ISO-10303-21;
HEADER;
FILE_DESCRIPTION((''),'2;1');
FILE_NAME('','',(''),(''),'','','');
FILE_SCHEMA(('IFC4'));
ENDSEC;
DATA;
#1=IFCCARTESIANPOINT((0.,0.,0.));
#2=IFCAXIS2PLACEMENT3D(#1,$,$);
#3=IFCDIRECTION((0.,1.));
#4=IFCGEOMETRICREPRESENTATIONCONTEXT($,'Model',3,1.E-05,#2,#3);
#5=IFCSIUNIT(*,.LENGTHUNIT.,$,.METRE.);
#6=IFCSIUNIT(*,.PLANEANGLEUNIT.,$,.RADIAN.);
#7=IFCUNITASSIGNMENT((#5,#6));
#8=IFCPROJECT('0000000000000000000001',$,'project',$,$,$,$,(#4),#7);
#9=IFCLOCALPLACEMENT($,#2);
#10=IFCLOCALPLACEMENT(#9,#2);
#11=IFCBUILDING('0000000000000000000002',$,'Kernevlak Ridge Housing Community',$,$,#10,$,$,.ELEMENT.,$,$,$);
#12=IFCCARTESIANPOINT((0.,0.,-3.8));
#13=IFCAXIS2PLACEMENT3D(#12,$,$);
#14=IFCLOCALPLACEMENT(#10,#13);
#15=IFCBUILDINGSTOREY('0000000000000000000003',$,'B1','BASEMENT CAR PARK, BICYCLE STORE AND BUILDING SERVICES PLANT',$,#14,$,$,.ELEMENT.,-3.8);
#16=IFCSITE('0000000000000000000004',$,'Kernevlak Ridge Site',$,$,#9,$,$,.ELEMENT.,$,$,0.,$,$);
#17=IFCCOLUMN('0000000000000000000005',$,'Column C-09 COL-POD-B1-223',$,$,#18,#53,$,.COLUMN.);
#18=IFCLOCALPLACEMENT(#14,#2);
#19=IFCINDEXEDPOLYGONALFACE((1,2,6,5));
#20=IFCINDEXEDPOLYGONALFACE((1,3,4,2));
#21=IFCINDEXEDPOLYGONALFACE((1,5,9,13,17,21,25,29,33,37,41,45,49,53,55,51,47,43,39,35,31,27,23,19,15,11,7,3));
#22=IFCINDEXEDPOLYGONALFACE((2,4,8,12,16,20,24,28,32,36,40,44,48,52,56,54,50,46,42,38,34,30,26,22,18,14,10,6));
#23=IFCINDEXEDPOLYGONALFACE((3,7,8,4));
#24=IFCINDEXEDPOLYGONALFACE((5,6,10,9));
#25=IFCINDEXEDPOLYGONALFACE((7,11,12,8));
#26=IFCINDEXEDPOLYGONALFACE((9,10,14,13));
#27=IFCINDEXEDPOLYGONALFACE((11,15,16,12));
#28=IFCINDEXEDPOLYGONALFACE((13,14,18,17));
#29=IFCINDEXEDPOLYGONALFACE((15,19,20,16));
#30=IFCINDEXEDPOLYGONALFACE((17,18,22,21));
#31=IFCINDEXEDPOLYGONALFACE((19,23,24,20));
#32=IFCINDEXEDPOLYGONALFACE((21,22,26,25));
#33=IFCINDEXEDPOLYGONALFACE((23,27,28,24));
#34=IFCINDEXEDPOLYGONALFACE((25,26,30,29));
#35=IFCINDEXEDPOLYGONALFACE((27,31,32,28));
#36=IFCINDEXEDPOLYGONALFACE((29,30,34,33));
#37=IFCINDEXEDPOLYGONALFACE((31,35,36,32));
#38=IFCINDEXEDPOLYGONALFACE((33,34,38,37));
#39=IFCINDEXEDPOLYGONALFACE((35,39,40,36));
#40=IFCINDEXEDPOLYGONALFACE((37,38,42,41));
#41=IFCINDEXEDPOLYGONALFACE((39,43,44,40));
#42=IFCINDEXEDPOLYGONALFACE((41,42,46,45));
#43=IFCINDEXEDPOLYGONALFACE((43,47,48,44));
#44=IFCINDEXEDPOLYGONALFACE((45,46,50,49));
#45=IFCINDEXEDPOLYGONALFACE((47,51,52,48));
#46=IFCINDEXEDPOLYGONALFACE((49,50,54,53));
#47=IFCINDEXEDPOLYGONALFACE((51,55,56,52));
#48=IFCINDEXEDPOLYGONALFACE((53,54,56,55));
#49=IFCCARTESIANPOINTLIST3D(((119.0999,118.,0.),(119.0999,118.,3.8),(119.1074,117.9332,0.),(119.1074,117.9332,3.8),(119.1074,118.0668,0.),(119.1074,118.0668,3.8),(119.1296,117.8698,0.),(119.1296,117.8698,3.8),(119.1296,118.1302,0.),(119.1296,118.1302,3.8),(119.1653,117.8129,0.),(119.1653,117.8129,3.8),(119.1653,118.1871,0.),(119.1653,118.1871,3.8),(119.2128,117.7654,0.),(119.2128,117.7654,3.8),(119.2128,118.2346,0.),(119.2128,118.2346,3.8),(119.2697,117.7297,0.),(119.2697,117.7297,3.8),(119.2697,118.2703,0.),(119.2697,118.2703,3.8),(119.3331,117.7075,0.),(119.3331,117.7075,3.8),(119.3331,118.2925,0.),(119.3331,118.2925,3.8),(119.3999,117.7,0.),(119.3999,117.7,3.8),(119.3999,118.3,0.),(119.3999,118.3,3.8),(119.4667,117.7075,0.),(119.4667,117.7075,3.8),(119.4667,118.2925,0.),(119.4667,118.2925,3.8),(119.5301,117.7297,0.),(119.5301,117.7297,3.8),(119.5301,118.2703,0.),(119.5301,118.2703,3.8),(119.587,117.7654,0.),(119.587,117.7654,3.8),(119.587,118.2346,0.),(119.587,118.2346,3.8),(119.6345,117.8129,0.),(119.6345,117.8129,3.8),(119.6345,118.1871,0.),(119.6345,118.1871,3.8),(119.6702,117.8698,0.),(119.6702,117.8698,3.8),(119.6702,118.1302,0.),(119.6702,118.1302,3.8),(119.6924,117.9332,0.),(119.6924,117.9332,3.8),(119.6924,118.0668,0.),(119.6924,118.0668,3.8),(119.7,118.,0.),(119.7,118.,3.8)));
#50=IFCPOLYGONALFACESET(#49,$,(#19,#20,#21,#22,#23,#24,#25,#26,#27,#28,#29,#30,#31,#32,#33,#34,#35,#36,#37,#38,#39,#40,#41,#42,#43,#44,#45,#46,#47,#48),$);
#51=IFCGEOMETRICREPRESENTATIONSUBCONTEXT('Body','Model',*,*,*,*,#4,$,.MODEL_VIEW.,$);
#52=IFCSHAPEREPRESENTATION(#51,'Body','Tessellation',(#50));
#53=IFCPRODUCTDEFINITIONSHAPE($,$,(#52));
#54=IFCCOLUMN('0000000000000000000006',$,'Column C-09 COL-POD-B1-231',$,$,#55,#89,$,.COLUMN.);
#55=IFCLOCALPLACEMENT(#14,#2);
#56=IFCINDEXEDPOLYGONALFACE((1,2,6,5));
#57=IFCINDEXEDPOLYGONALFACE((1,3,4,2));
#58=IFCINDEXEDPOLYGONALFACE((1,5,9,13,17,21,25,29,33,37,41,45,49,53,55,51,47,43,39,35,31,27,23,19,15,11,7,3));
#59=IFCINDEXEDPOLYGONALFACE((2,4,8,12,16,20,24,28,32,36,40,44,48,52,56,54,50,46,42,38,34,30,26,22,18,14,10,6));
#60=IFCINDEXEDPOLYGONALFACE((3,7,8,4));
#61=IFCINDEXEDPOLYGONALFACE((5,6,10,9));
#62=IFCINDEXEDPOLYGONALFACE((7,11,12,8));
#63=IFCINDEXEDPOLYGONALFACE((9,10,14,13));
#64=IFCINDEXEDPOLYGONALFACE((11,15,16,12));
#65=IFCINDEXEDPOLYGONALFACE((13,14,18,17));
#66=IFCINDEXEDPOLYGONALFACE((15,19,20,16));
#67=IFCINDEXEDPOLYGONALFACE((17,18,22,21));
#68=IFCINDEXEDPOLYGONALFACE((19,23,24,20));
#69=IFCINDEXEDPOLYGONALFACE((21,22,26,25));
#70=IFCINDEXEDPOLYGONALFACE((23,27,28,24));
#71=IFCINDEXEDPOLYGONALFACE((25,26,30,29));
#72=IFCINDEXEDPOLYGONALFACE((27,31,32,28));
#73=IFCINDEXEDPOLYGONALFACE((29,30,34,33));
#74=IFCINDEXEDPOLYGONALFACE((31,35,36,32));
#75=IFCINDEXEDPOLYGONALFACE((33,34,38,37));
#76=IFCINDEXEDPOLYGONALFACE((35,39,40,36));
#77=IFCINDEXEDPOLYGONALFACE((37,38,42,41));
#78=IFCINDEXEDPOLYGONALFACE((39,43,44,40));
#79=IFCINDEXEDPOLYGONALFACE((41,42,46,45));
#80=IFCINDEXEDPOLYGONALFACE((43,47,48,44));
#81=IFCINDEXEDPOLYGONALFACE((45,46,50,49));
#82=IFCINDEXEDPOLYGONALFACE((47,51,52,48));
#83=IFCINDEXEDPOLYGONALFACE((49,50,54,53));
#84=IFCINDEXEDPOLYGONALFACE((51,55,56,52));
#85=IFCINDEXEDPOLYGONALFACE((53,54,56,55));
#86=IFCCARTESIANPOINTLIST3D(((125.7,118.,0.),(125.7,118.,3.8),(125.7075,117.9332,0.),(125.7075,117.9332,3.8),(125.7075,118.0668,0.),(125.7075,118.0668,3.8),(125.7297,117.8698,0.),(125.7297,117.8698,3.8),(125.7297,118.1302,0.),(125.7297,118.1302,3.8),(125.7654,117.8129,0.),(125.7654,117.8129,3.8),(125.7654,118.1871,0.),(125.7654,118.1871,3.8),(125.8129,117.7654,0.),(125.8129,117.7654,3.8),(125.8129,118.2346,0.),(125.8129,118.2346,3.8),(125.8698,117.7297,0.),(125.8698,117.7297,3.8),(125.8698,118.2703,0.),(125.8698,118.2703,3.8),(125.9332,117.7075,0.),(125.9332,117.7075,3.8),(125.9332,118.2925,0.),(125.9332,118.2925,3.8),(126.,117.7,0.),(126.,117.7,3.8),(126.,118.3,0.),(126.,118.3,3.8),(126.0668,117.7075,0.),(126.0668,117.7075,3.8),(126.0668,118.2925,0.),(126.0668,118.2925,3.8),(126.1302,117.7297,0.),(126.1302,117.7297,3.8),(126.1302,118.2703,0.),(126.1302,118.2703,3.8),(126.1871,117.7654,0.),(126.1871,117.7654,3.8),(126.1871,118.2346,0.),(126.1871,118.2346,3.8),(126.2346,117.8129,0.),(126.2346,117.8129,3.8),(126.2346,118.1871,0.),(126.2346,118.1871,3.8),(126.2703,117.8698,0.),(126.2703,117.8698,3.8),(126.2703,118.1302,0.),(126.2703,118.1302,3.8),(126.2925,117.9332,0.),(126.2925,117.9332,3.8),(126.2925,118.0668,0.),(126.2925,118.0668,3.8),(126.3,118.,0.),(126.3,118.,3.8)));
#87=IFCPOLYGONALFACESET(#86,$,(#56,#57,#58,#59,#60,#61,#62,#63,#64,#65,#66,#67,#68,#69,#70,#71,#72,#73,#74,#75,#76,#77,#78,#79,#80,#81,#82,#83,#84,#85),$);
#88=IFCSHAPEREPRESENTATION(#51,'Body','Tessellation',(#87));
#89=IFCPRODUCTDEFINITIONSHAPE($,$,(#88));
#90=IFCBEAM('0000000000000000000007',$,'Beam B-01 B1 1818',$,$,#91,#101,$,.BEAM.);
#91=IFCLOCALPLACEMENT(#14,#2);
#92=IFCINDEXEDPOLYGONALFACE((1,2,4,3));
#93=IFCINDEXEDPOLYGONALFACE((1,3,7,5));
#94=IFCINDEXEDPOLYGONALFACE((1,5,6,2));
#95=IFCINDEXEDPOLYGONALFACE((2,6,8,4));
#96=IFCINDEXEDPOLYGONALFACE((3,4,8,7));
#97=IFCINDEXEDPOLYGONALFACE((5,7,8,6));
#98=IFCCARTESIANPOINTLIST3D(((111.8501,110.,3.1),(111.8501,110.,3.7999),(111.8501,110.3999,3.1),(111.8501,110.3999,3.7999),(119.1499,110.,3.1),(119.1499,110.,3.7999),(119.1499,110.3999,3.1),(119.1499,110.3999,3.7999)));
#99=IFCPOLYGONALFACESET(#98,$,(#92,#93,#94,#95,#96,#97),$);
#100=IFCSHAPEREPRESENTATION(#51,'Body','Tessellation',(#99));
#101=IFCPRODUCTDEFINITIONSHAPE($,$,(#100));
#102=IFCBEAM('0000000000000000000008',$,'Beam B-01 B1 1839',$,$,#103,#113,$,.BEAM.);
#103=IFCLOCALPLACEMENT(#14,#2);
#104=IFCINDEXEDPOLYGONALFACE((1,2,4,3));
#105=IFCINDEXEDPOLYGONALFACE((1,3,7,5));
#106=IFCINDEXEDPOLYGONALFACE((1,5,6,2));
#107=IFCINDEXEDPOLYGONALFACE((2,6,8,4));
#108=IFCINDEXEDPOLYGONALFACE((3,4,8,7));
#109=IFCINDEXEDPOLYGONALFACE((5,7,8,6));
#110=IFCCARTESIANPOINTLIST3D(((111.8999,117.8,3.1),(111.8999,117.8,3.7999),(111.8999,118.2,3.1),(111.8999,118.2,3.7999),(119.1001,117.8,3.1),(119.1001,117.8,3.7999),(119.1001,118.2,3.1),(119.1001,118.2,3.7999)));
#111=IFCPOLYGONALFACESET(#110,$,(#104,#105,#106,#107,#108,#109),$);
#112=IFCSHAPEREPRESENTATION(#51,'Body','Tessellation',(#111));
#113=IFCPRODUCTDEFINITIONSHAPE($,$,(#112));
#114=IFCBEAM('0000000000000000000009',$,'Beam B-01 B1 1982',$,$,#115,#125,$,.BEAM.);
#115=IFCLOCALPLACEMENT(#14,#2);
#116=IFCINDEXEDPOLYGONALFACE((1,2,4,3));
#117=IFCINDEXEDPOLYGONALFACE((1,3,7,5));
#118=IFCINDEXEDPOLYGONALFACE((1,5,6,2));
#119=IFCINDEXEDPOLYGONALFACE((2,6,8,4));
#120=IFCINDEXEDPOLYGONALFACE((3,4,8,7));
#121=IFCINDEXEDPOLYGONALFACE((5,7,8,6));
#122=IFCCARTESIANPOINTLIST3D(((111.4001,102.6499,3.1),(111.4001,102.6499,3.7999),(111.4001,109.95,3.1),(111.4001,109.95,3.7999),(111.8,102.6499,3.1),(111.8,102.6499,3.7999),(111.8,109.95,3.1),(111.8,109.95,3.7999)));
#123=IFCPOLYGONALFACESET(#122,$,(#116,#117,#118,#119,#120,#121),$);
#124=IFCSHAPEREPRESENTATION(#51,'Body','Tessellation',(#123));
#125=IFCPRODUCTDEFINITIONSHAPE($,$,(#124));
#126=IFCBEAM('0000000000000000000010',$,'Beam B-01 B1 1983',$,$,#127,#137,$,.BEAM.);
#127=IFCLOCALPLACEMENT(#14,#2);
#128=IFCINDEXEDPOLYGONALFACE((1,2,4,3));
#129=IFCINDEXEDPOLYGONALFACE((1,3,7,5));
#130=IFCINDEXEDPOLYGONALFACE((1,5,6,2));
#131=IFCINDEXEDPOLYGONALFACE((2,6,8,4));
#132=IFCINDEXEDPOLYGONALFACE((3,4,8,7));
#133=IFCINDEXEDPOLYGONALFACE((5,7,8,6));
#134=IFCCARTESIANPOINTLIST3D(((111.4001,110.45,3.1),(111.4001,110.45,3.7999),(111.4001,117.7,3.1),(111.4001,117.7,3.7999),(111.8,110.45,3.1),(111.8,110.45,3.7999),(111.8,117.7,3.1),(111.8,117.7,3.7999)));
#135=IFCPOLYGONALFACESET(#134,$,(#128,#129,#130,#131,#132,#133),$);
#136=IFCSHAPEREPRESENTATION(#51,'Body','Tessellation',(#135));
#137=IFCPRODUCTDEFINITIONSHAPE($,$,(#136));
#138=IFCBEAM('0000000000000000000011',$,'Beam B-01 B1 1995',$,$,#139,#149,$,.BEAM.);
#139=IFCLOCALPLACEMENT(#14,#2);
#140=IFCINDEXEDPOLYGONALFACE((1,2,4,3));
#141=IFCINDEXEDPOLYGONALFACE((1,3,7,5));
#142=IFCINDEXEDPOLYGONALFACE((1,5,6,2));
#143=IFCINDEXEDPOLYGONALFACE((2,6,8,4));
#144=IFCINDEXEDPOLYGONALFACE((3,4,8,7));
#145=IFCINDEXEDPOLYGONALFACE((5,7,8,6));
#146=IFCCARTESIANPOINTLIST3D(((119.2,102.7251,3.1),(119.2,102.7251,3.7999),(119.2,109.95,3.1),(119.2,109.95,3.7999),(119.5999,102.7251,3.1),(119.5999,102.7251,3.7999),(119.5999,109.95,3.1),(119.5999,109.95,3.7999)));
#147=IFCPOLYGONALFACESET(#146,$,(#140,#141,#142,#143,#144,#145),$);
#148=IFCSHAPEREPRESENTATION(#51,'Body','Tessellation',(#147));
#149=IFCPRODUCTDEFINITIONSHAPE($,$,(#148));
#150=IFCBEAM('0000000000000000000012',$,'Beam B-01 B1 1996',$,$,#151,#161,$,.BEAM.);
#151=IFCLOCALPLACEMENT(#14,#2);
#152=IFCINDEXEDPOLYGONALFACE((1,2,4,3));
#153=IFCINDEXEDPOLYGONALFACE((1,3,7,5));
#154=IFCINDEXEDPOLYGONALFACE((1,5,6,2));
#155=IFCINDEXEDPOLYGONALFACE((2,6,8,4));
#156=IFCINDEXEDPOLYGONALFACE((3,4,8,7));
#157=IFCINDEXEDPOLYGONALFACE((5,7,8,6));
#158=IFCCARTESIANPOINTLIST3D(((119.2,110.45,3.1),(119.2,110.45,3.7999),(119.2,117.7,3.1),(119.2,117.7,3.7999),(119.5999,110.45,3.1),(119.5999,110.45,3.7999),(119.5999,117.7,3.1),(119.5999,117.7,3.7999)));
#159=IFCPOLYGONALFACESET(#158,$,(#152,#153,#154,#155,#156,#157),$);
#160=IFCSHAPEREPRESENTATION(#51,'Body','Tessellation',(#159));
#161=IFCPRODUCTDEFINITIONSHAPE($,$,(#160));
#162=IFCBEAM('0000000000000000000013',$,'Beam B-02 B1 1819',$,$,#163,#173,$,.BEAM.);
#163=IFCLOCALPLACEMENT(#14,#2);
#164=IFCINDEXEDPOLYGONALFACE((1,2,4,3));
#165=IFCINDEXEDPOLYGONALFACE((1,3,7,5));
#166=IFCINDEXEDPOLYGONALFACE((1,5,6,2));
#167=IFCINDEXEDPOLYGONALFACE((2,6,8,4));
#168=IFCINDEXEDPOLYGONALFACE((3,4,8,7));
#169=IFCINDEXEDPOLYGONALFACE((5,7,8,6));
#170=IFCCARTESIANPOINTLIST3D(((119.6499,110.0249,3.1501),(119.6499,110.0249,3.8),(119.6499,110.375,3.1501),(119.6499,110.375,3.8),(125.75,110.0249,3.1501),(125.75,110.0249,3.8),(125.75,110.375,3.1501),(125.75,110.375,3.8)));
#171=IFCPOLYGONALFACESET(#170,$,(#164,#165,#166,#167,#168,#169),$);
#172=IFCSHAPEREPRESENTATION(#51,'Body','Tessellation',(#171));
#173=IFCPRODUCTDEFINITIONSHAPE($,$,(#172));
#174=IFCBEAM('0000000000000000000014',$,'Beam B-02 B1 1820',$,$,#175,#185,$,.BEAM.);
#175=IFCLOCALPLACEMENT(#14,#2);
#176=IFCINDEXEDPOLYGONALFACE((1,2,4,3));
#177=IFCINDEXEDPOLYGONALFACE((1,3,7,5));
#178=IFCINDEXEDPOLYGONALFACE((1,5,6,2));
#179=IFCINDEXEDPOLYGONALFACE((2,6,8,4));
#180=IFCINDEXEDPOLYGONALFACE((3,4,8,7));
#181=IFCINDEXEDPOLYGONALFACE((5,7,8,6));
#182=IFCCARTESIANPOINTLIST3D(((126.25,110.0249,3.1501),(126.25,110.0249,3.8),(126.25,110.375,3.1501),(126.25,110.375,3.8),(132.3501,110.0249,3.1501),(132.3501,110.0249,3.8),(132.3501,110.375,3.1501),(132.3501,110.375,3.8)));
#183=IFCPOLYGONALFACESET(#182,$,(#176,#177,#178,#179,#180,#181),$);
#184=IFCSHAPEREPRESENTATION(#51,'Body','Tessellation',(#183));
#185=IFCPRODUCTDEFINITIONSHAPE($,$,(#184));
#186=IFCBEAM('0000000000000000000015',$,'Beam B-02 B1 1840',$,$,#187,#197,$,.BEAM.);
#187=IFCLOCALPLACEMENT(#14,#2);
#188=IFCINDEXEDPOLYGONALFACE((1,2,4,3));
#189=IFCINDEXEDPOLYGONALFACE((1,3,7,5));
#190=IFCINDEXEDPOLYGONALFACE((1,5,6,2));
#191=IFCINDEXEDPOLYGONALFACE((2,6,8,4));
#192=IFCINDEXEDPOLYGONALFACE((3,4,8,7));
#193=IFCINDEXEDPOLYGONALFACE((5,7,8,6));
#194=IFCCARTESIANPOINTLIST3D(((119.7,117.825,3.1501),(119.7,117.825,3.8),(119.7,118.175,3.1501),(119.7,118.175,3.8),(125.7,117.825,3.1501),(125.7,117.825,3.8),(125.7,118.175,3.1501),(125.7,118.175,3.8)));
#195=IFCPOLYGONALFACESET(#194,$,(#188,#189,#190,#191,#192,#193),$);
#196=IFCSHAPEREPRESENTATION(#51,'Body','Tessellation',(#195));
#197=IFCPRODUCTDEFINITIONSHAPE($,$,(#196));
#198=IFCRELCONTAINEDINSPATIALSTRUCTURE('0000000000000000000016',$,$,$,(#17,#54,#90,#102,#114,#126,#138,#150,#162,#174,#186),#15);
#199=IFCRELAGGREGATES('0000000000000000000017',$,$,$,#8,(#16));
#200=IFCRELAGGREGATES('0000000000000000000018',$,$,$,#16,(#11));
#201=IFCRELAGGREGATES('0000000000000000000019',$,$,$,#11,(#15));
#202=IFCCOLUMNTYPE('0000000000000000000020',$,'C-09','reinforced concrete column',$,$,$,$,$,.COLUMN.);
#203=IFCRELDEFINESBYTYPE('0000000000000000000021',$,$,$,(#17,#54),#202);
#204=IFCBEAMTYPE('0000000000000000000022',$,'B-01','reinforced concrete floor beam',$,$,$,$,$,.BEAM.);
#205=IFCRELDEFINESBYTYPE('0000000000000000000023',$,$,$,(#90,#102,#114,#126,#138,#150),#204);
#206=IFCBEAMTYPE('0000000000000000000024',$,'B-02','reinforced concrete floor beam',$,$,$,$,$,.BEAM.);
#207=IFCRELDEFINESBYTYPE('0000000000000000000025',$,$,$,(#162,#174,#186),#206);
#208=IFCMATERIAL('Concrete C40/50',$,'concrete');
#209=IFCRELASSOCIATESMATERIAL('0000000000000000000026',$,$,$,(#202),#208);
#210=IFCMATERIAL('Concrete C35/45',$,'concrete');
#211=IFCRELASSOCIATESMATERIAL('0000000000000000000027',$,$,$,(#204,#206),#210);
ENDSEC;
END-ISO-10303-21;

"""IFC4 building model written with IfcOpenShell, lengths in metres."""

from ifc_helpers import new_model, si_unit, direction, frame, origin, origin_2d, place, context, subcontext, project, spatial, rectangle, circle, extrude, material, material_profile, profile_set, type_object, element, save


model = new_model("IFC4")

# Units and contexts
model_context = context("Model", 3, precision=1e-05, world=origin(), true_north=direction((0.0, 1.0)))
body_context = subcontext(model_context, "Body", "Model", "MODEL_VIEW")
ifc_project = project(units=[si_unit("LENGTHUNIT", "METRE"), si_unit("PLANEANGLEUNIT", "RADIAN")], contexts=[model_context])

# Site, building, storey
site_placement = place(None, origin())
site = spatial("IfcSite", under=ifc_project, at=site_placement, Name="Kernevlak Ridge Site", CompositionType="ELEMENT", RefElevation=0.0)
building_placement = place(site_placement, origin())
building = spatial("IfcBuilding", under=site, at=building_placement, Name="Kernevlak Ridge Housing Community", CompositionType="ELEMENT")
storey_placement = place(building_placement, frame((0.0, 0.0, -3.8)))
storey = spatial("IfcBuildingStorey", under=building, at=storey_placement, Name="B1", Description="BASEMENT CAR PARK, BICYCLE STORE AND BUILDING SERVICES PLANT", CompositionType="ELEMENT", Elevation=-3.8)

# Shared definitions
ifc_material_1 = material(Name="Concrete C35/45", Category="concrete")

# Columns
ifc_material_2 = material(Name="Concrete C40/50", Category="concrete")
ifc_material_profile_1 = material_profile(ifc_material_2, circle(Radius=0.3, at=origin_2d()), Name="RC D600")
ifc_profile_set_1 = profile_set([ifc_material_profile_1], Name="Concrete C40/50")
column_type_1 = type_object("IfcColumnType", Name="C-09", Description="reinforced concrete column", PredefinedType="COLUMN", material=ifc_profile_set_1)
for number, where, z_axis, x_axis, name in (
    (1, (119.3999, 118.0, 0.0), (0.0, 0.0, 1.0), (1.0, 0.0, 0.0), "Column C-09 COL-POD-B1-223"),
    (2, (126.0, 118.0, 0.0), (0.0, 0.0, 1.0), (1.0, 0.0, 0.0), "Column C-09 COL-POD-B1-231"),
):
    element("IfcColumn", number, at=place(storey_placement, frame(where, z_axis=z_axis, x_axis=x_axis)), inside=storey, type_object=column_type_1, Name=name, PredefinedType="COLUMN", context=body_context, shape_type="SweptSolid", body=[
        extrude(circle(Radius=0.3, at=origin_2d()), origin(), (0.0, 0.0, 1.0), 3.8),
    ])

# Beams
ifc_material_profile_2 = material_profile(ifc_material_1, rectangle(XDim=0.3999, YDim=0.7, at=origin_2d()), Name="RC 400x700")
ifc_profile_set_2 = profile_set([ifc_material_profile_2], Name="Concrete C35/45")
beam_type_1 = type_object("IfcBeamType", Name="B-01", Description="reinforced concrete floor beam", PredefinedType="BEAM", material=ifc_profile_set_2)
beam_1_placement = place(storey_placement, frame((111.8501, 110.2, 3.45), z_axis=(1.0, 0.0, 0.0), x_axis=(0.0, 1.0, 0.0)))
element("IfcBeam", 3, at=beam_1_placement, inside=storey, type_object=beam_type_1, Name="Beam B-01 B1 1818", PredefinedType="BEAM", context=body_context, shape_type="SweptSolid", body=[
    extrude(rectangle(XDim=0.3999, YDim=0.7, at=origin_2d()), origin(), (0.0, 0.0, 1.0), 7.2998),
])
beam_2_placement = place(storey_placement, frame((111.8999, 118.0, 3.45), z_axis=(1.0, 0.0, 0.0), x_axis=(0.0, 1.0, 0.0)))
element("IfcBeam", 4, at=beam_2_placement, inside=storey, type_object=beam_type_1, Name="Beam B-01 B1 1839", PredefinedType="BEAM", context=body_context, shape_type="SweptSolid", body=[
    extrude(rectangle(XDim=0.3999, YDim=0.7, at=origin_2d()), origin(), (0.0, 0.0, 1.0), 7.2002),
])
beam_3_placement = place(storey_placement, frame((111.6001, 102.6499, 3.45), z_axis=(0.0, 1.0, 0.0), x_axis=(-1.0, 0.0, 0.0)))
element("IfcBeam", 5, at=beam_3_placement, inside=storey, type_object=beam_type_1, Name="Beam B-01 B1 1982", PredefinedType="BEAM", context=body_context, shape_type="SweptSolid", body=[
    extrude(rectangle(XDim=0.3999, YDim=0.7, at=origin_2d()), origin(), (0.0, 0.0, 1.0), 7.3),
])
beam_4_placement = place(storey_placement, frame((111.6001, 110.45, 3.45), z_axis=(0.0, 1.0, 0.0), x_axis=(-1.0, 0.0, 0.0)))
element("IfcBeam", 6, at=beam_4_placement, inside=storey, type_object=beam_type_1, Name="Beam B-01 B1 1983", PredefinedType="BEAM", context=body_context, shape_type="SweptSolid", body=[
    extrude(rectangle(XDim=0.3999, YDim=0.7, at=origin_2d()), origin(), (0.0, 0.0, 1.0), 7.25),
])
beam_5_placement = place(storey_placement, frame((119.3999, 102.7251, 3.45), z_axis=(0.0, 1.0, 0.0), x_axis=(-1.0, 0.0, 0.0)))
element("IfcBeam", 7, at=beam_5_placement, inside=storey, type_object=beam_type_1, Name="Beam B-01 B1 1995", PredefinedType="BEAM", context=body_context, shape_type="SweptSolid", body=[
    extrude(rectangle(XDim=0.3999, YDim=0.7, at=origin_2d()), origin(), (0.0, 0.0, 1.0), 7.2249),
])
beam_6_placement = place(storey_placement, frame((119.3999, 110.45, 3.45), z_axis=(0.0, 1.0, 0.0), x_axis=(-1.0, 0.0, 0.0)))
element("IfcBeam", 8, at=beam_6_placement, inside=storey, type_object=beam_type_1, Name="Beam B-01 B1 1996", PredefinedType="BEAM", context=body_context, shape_type="SweptSolid", body=[
    extrude(rectangle(XDim=0.3999, YDim=0.7, at=origin_2d()), origin(), (0.0, 0.0, 1.0), 7.25),
])
ifc_material_profile_3 = material_profile(ifc_material_1, rectangle(XDim=0.3501, YDim=0.6499, at=origin_2d()), Name="RC 350x650")
ifc_profile_set_3 = profile_set([ifc_material_profile_3], Name="Concrete C35/45")
beam_type_2 = type_object("IfcBeamType", Name="B-02", Description="reinforced concrete floor beam", PredefinedType="BEAM", material=ifc_profile_set_3)
for number, where, z_axis, x_axis, name in (
    (9, (119.6499, 110.2, 3.4751), (1.0, 0.0, 0.0), (0.0, 1.0, 0.0), "Beam B-02 B1 1819"),
    (10, (126.25, 110.2, 3.4751), (1.0, 0.0, 0.0), (0.0, 1.0, 0.0), "Beam B-02 B1 1820"),
):
    element("IfcBeam", number, at=place(storey_placement, frame(where, z_axis=z_axis, x_axis=x_axis)), inside=storey, type_object=beam_type_2, Name=name, PredefinedType="BEAM", context=body_context, shape_type="SweptSolid", body=[
        extrude(rectangle(XDim=0.3501, YDim=0.6499, at=origin_2d()), origin(), (0.0, 0.0, 1.0), 6.1001),
    ])
for number, where, z_axis, x_axis, name in (
    (11, (119.7, 118.0, 3.4751), (1.0, 0.0, 0.0), (0.0, 1.0, 0.0), "Beam B-02 B1 1840"),
):
    element("IfcBeam", number, at=place(storey_placement, frame(where, z_axis=z_axis, x_axis=x_axis)), inside=storey, type_object=beam_type_2, Name=name, PredefinedType="BEAM", context=body_context, shape_type="SweptSolid", body=[
        extrude(rectangle(XDim=0.3501, YDim=0.6499, at=origin_2d()), origin(), (0.0, 0.0, 1.0), 6.0),
    ])

save(model, "model.ifc")
